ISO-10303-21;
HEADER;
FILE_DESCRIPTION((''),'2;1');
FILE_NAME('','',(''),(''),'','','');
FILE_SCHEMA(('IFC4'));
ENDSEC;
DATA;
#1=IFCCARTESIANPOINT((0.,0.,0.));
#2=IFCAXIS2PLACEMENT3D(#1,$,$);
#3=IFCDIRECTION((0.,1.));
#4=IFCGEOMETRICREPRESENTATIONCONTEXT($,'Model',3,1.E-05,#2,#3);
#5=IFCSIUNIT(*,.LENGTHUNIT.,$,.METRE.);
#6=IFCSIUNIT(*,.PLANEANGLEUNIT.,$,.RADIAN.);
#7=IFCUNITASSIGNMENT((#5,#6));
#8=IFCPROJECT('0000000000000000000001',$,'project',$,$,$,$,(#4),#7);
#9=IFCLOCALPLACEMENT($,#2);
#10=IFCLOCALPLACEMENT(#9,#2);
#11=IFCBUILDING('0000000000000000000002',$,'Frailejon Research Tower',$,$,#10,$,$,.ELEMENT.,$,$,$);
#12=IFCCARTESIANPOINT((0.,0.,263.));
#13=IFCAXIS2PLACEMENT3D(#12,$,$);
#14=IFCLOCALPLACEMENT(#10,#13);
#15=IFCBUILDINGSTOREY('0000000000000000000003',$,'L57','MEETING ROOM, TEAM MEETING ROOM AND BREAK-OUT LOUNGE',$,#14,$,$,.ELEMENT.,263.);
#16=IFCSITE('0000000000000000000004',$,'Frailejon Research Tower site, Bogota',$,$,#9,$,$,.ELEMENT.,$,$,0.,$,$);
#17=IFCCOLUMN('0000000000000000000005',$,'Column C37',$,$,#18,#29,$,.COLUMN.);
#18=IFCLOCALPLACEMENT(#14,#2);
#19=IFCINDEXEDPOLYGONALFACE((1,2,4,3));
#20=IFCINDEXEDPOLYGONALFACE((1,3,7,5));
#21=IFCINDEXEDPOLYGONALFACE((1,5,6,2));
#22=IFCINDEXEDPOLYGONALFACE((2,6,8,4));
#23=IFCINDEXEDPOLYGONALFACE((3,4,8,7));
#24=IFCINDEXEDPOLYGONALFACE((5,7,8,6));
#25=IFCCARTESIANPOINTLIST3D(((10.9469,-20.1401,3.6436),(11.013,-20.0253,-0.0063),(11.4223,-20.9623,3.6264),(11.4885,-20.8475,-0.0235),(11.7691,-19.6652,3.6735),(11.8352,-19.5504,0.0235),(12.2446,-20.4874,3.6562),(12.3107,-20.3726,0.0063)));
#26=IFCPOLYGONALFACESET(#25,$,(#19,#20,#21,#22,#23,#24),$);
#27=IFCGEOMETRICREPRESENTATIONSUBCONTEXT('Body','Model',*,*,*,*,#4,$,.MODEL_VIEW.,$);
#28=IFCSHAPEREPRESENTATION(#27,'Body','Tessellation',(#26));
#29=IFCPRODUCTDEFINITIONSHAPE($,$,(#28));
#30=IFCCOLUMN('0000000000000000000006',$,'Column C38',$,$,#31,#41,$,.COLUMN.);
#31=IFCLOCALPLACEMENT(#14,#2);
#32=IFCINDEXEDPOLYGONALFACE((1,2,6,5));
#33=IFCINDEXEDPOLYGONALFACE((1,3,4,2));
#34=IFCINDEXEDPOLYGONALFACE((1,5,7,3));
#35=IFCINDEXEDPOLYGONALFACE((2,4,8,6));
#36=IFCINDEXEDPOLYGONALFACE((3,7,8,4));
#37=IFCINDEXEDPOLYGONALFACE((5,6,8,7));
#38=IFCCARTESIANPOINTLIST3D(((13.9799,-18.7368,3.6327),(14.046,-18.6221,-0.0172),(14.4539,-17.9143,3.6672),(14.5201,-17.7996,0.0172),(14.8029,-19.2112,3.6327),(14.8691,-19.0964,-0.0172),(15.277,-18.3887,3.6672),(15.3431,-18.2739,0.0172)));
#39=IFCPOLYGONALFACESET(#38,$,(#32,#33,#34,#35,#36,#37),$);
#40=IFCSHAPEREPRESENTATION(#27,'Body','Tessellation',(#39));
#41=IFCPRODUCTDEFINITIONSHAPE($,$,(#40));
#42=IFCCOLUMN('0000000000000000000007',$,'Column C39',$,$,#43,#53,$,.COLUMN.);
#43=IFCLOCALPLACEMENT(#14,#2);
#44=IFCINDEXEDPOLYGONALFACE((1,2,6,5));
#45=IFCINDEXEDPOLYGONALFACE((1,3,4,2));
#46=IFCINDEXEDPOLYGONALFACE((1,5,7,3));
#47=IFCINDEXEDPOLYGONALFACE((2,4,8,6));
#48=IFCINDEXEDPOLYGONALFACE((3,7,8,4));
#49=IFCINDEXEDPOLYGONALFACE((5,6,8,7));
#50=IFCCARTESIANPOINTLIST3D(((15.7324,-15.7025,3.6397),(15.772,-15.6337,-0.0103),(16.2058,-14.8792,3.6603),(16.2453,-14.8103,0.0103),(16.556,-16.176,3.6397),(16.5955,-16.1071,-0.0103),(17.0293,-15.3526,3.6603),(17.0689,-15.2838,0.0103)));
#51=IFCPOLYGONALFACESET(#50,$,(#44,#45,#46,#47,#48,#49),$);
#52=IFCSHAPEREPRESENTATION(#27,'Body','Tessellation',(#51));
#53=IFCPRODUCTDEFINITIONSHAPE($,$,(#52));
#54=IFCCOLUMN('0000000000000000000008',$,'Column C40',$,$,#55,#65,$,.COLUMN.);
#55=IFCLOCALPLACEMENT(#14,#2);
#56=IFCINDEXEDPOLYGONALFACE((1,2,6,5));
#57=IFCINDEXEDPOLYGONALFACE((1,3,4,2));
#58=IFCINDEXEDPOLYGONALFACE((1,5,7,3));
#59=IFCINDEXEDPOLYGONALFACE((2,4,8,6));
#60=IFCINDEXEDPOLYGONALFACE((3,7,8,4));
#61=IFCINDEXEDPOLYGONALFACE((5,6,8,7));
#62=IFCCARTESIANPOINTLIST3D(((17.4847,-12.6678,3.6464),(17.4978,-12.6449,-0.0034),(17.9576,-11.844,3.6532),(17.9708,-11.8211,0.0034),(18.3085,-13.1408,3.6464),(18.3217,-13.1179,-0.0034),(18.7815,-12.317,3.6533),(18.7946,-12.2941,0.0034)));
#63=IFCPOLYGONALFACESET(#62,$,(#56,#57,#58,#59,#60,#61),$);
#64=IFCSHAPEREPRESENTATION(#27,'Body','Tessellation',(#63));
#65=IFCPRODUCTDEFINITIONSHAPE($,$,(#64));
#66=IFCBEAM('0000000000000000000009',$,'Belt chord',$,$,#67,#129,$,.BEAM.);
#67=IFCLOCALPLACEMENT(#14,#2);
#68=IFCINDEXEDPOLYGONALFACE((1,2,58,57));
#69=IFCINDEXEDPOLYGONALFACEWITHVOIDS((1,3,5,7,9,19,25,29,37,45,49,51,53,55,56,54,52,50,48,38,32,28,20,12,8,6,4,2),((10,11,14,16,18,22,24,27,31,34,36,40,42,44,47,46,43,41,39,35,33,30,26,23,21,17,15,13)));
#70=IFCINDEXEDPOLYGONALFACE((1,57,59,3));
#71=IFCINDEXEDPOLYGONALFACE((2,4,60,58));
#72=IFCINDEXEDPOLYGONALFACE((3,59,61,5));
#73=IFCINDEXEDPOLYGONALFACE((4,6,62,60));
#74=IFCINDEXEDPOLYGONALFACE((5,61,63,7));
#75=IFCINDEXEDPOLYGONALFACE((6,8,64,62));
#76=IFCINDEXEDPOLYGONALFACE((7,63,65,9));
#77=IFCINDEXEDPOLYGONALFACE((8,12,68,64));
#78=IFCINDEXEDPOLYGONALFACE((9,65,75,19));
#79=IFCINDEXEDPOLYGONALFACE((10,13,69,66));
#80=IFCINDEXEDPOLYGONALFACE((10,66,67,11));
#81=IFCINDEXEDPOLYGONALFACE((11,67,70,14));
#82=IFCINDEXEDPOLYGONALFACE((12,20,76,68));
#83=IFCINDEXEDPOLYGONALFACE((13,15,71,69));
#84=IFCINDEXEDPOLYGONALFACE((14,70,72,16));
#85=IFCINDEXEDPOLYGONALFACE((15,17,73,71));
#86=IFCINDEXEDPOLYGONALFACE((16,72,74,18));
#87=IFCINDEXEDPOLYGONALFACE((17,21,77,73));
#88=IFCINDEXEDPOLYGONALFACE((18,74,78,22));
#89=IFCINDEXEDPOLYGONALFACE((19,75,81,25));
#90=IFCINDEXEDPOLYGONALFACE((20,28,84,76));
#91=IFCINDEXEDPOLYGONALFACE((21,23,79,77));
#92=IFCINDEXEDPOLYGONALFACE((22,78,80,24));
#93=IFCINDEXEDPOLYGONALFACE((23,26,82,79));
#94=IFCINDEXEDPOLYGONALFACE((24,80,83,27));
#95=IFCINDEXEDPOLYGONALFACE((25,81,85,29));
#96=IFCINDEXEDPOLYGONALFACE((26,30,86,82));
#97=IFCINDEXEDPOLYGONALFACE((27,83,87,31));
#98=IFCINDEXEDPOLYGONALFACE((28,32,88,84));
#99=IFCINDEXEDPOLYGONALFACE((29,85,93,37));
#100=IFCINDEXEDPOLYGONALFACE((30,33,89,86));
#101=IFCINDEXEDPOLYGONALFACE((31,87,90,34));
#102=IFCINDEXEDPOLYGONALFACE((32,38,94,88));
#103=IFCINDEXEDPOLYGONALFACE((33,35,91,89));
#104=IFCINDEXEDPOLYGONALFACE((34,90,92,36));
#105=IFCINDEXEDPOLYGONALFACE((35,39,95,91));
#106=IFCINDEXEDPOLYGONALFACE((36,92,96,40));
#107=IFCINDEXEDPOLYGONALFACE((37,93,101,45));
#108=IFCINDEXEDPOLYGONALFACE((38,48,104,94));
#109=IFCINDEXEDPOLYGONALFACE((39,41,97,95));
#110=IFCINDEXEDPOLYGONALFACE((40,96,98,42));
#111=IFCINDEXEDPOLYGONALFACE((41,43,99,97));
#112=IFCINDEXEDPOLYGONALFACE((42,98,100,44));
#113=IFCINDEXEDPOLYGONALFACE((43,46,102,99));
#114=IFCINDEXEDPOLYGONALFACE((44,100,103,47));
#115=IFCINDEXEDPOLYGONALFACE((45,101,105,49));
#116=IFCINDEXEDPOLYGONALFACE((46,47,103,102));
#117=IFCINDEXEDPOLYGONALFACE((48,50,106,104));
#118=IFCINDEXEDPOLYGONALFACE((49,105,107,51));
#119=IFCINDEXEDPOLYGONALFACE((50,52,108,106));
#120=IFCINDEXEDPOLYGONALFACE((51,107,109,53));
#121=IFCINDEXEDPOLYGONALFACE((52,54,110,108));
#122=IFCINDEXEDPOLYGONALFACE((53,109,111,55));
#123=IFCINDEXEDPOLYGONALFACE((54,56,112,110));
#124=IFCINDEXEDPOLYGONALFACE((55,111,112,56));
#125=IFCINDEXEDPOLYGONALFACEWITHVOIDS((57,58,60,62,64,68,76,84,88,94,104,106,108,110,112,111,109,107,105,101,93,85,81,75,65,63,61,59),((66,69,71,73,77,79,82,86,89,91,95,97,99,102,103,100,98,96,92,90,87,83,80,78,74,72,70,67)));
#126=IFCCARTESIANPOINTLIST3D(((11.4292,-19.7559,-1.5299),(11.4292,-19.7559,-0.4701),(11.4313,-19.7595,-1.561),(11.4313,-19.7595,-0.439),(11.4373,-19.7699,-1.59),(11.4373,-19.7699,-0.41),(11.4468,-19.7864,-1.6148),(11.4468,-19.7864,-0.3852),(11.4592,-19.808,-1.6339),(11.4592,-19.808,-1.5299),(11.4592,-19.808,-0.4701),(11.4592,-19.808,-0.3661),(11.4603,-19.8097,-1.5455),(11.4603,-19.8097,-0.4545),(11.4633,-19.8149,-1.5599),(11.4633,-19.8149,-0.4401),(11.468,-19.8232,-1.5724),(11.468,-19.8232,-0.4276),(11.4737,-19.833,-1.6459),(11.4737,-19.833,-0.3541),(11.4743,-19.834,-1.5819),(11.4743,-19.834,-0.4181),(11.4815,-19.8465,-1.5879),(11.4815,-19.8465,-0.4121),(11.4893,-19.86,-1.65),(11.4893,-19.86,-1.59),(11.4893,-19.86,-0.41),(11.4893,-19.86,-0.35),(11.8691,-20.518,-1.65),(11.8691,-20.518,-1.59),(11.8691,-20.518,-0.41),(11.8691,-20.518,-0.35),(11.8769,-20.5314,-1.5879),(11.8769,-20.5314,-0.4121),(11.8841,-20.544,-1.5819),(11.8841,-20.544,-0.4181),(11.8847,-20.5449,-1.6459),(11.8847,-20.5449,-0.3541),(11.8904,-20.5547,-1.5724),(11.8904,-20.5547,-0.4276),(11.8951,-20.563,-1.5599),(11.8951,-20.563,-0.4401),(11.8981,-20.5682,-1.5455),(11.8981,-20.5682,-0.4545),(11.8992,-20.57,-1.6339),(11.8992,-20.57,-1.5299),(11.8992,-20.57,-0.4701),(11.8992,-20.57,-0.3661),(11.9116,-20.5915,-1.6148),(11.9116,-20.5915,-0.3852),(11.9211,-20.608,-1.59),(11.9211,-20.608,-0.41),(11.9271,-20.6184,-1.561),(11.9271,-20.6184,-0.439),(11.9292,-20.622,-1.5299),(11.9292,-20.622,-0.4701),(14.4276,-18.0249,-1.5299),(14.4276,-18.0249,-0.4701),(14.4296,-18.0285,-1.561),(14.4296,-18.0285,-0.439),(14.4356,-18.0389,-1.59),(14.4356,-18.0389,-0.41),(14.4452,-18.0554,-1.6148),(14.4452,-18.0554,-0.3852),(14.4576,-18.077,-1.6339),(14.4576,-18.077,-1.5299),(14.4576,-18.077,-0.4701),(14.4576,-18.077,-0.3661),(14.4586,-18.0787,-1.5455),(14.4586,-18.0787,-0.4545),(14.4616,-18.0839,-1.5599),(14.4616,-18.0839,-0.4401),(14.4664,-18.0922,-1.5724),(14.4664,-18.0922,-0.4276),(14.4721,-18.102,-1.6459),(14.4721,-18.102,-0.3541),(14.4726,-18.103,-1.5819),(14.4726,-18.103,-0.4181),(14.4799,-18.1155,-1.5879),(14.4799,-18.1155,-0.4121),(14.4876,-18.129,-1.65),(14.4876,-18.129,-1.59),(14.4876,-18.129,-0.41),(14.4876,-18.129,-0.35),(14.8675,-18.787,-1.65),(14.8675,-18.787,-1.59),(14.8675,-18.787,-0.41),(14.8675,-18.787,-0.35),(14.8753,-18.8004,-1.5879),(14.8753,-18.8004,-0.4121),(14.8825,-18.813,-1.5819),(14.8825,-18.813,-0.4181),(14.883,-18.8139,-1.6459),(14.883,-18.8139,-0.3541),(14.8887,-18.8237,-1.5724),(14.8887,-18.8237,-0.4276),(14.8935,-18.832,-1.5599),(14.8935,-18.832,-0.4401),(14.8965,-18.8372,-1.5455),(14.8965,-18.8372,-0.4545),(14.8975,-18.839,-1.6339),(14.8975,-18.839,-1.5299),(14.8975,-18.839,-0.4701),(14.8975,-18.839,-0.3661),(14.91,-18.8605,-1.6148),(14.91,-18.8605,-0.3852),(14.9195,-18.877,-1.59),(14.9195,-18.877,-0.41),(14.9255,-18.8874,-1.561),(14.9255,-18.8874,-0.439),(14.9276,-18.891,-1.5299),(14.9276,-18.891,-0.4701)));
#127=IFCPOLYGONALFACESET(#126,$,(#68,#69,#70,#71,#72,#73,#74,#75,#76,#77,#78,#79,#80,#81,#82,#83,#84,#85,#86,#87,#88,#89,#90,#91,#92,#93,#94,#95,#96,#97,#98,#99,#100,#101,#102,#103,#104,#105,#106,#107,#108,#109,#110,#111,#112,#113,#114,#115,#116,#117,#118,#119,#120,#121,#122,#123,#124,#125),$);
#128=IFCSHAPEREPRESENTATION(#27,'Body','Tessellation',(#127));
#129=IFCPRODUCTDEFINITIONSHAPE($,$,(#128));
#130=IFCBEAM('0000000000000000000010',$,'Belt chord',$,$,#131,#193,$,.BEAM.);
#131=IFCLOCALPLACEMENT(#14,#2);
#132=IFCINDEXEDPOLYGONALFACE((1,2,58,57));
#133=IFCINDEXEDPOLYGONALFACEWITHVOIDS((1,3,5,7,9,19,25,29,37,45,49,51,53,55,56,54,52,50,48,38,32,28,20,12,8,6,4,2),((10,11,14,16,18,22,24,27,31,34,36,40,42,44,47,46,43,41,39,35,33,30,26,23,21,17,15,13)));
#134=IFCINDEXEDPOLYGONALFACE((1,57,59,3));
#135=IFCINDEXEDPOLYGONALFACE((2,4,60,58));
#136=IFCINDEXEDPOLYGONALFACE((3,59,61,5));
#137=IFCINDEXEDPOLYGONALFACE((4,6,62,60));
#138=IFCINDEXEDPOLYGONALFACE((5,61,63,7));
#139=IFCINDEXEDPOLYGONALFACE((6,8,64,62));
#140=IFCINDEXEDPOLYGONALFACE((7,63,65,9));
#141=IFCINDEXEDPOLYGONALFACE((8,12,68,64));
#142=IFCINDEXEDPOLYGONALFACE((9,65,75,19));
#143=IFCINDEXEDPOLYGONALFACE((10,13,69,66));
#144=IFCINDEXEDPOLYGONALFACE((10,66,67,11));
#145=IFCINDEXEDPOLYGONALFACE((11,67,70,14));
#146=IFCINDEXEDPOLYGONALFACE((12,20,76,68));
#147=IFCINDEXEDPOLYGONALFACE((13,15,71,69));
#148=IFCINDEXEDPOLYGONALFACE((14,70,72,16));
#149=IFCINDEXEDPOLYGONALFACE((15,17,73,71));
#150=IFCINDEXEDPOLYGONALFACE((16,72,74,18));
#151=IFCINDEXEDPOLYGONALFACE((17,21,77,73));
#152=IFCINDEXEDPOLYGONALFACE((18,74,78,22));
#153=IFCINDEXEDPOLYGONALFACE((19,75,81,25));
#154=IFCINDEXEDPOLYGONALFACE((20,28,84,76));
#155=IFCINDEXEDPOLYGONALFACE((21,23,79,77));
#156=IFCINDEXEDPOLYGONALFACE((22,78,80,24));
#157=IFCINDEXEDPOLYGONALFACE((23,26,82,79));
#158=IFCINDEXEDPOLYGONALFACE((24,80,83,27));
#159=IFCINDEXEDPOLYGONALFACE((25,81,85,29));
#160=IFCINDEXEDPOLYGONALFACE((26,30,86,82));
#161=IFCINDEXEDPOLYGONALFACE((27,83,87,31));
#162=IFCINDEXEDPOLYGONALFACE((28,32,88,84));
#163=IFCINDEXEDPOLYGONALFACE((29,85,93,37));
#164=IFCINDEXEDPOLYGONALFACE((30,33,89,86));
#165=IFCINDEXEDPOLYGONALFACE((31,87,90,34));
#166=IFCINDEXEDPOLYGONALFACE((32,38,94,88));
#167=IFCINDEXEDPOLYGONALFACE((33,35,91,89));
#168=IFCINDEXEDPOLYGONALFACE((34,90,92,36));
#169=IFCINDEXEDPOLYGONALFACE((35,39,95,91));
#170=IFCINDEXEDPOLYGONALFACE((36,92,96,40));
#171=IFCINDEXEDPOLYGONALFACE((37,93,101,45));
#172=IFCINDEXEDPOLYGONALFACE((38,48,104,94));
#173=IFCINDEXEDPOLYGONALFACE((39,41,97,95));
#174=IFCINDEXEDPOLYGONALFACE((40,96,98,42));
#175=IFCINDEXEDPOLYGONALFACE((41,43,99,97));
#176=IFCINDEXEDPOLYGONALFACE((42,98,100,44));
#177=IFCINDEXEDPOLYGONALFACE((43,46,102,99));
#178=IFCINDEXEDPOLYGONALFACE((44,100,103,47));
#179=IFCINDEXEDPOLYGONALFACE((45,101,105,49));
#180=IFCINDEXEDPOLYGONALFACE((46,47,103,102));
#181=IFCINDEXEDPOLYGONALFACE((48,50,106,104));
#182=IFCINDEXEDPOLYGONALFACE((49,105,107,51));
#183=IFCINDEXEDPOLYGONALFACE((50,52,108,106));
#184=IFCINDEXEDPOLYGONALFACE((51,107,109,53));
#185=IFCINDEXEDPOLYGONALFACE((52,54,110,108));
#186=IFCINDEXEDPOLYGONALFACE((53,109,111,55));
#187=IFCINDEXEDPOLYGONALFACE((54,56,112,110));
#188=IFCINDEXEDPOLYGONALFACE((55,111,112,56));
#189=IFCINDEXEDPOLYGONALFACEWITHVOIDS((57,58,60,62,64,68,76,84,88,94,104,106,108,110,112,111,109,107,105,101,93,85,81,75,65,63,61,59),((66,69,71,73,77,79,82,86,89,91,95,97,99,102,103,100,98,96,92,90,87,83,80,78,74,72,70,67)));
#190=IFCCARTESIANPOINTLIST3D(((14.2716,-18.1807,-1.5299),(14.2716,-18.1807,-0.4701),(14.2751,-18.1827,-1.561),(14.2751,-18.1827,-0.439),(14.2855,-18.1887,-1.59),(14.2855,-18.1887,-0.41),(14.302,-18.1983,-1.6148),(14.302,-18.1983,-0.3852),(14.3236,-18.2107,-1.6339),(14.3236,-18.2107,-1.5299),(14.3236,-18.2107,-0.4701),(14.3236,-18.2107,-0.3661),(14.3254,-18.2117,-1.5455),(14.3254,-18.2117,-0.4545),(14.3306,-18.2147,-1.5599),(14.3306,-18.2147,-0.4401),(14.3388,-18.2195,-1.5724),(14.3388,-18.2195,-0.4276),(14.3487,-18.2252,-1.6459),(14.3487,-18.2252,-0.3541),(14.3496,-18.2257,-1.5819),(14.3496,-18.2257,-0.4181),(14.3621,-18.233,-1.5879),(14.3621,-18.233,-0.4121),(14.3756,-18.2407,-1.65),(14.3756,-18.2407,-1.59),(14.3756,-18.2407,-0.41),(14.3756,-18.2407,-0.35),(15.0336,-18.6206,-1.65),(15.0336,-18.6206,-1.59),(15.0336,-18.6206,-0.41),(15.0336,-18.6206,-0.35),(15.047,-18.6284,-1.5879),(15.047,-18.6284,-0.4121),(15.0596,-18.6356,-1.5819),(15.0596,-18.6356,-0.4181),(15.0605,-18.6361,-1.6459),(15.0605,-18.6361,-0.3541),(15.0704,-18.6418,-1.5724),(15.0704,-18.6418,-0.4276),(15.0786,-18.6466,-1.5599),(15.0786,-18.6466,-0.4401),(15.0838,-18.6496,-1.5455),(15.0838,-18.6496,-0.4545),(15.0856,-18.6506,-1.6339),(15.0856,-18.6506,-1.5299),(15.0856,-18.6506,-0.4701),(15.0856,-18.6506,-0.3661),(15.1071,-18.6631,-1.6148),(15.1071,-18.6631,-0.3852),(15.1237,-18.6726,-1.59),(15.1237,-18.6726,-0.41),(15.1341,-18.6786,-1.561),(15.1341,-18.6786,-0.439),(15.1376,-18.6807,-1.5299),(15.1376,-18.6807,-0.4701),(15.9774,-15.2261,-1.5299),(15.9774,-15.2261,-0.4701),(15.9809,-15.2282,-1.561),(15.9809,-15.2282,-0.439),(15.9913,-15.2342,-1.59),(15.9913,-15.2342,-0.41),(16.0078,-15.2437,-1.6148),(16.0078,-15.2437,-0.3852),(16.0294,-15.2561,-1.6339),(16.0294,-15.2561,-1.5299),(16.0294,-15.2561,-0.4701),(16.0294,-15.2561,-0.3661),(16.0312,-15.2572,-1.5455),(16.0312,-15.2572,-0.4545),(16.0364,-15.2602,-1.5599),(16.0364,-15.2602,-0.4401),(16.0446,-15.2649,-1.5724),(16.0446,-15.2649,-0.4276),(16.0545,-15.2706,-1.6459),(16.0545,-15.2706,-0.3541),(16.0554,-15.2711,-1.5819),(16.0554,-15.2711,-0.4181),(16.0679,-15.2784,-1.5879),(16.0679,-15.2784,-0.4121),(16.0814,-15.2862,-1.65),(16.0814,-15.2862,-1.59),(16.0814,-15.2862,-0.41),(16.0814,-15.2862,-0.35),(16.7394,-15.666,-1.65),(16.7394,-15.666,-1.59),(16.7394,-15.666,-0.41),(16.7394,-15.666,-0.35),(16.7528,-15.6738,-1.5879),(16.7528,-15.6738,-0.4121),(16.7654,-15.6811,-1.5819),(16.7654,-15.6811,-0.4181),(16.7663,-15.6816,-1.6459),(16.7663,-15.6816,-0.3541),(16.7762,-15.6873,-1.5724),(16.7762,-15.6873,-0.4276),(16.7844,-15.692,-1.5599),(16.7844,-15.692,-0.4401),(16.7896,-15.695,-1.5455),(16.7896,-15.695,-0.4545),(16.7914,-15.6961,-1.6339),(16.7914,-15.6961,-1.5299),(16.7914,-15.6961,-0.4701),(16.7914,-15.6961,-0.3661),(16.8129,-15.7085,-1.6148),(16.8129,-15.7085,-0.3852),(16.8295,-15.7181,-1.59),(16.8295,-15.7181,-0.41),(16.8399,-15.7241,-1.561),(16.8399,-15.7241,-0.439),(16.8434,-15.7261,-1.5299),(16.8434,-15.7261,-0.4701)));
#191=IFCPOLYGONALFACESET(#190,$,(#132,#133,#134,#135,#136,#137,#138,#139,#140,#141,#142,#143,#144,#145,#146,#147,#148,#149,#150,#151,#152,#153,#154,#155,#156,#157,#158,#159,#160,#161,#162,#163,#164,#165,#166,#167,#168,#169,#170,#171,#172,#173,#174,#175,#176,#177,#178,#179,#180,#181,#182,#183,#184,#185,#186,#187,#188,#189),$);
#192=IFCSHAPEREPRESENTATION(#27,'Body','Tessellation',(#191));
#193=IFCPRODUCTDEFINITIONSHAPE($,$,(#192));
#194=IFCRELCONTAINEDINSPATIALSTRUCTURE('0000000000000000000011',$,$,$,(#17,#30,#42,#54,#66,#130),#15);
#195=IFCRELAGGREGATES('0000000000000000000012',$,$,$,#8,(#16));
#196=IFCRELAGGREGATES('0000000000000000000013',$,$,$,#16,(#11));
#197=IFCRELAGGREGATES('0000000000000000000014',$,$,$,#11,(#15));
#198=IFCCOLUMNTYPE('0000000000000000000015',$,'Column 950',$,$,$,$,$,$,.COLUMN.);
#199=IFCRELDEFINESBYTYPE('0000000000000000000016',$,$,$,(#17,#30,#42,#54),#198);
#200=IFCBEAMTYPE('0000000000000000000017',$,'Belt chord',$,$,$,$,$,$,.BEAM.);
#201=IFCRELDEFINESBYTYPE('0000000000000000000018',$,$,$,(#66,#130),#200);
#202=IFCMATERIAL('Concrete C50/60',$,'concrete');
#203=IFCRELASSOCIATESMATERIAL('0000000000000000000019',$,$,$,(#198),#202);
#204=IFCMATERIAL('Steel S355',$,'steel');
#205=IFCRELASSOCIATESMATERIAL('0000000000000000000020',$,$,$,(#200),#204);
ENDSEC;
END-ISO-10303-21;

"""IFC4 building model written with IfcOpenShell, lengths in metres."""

from ifc_helpers import new_model, si_unit, direction, frame, origin, origin_2d, place, context, subcontext, project, spatial, rectangle, hollow_rectangle, extrude, material, material_profile, profile_set, type_object, element, save


model = new_model("IFC4")

# Units and contexts
model_context = context("Model", 3, precision=1e-05, world=origin(), true_north=direction((0.0, 1.0)))
body_context = subcontext(model_context, "Body", "Model", "MODEL_VIEW")
ifc_project = project(units=[si_unit("LENGTHUNIT", "METRE"), si_unit("PLANEANGLEUNIT", "RADIAN")], contexts=[model_context])

# Site, building, storey
site_placement = place(None, origin())
site = spatial("IfcSite", under=ifc_project, at=site_placement, Name="Frailejon Research Tower site, Bogota", CompositionType="ELEMENT", RefElevation=0.0)
building_placement = place(site_placement, origin())
building = spatial("IfcBuilding", under=site, at=building_placement, Name="Frailejon Research Tower", CompositionType="ELEMENT")
storey_placement = place(building_placement, frame((0.0, 0.0, 263.0)))
storey = spatial("IfcBuildingStorey", under=building, at=storey_placement, Name="L57", Description="MEETING ROOM, TEAM MEETING ROOM AND BREAK-OUT LOUNGE", CompositionType="ELEMENT", Elevation=263.0)

# Columns
ifc_material_1 = material(Name="Concrete C50/60", Category="concrete")
ifc_material_profile_1 = material_profile(ifc_material_1, rectangle(XDim=0.95, YDim=0.95, at=origin_2d()), Name="Column 950")
ifc_profile_set_1 = profile_set([ifc_material_profile_1], Name="Concrete C50/60")
column_type = type_object("IfcColumnType", Name="Column 950", PredefinedType="COLUMN", material=ifc_profile_set_1)
for number, where, z_axis, x_axis, name in (
    (1, (11.6619, -20.199, 0.0), (-0.018115, -0.031417, 0.999342), (0.86552, 0.499889, 0.031405), "Column C37"),
    (2, (14.6946, -18.448, 0.0), (-0.018115, -0.031417, 0.999342), (0.49904, 0.865819, 0.036266), "Column C38"),
):
    element("IfcColumn", number, at=place(storey_placement, frame(where, z_axis=z_axis, x_axis=x_axis)), inside=storey, type_object=column_type, Name=name, PredefinedType="COLUMN", context=body_context, shape_type="SweptSolid", body=[
        extrude(rectangle(XDim=0.95, YDim=0.95, at=origin_2d()), origin(), (0.0, 0.0, 1.0), 3.6523),
    ])
column_1_placement = place(storey_placement, frame((16.4204, -15.4587, 0.0), z_axis=(-0.010834, -0.018858, 0.999763), x_axis=(0.498285, 0.86674, 0.021749)))
element("IfcColumn", 3, at=column_1_placement, inside=storey, type_object=column_type, Name="Column C39", PredefinedType="COLUMN", context=body_context, shape_type="SweptSolid", body=[
    extrude(rectangle(XDim=0.95, YDim=0.95, at=origin_2d()), origin(), (0.0, 0.0, 1.0), 3.6509),
])
column_2_placement = place(storey_placement, frame((18.1462, -12.4695, 0.0), z_axis=(-0.003612, -0.006287, 0.999974), x_axis=(0.49789, 0.86721, 0.007251)))
element("IfcColumn", 4, at=column_2_placement, inside=storey, type_object=column_type, Name="Column C40", PredefinedType="COLUMN", context=body_context, shape_type="SweptSolid", body=[
    extrude(rectangle(XDim=0.95, YDim=0.95, at=origin_2d()), origin(), (0.0, 0.0, 1.0), 3.6499),
])

# Beams
ifc_material_2 = material(Name="Steel S355", Category="steel")
ifc_material_profile_2 = material_profile(ifc_material_2, hollow_rectangle(XDim=1.0, YDim=1.3, WallThickness=0.0601, InnerFilletRadius=0.0601, OuterFilletRadius=0.1201, at=origin_2d()), Name="Belt chord")
ifc_profile_set_2 = profile_set([ifc_material_profile_2], Name="Steel S355")
beam_type_1 = type_object("IfcBeamType", Name="Belt chord", PredefinedType="BEAM", material=ifc_profile_set_2)
beam_1_placement = place(storey_placement, frame((11.6792, -20.189, -1.0), z_axis=(0.866039, 0.499977, 0.0), x_axis=(-0.499977, 0.866039, 0.0)))
element("IfcBeam", 5, at=beam_1_placement, inside=storey, type_object=beam_type_1, Name="Belt chord", PredefinedType="BEAM", context=body_context, shape_type="SweptSolid", body=[
    extrude(hollow_rectangle(XDim=1.0, YDim=1.3, WallThickness=0.0601, InnerFilletRadius=0.0601, OuterFilletRadius=0.1201, at=origin_2d()), origin(), (0.0, 0.0, 1.0), 3.4622),
])
for number, where, z_axis, x_axis, name in (
    (6, (14.7046, -18.4307, -1.0), (0.499995, 0.866028, 0.0), (-0.866028, 0.499995, 0.0), "Belt chord"),
):
    element("IfcBeam", number, at=place(storey_placement, frame(where, z_axis=z_axis, x_axis=x_axis)), inside=storey, type_object=beam_type_1, Name=name, PredefinedType="BEAM", context=body_context, shape_type="SweptSolid", body=[
        extrude(hollow_rectangle(XDim=1.0, YDim=1.3, WallThickness=0.0601, InnerFilletRadius=0.0601, OuterFilletRadius=0.1201, at=origin_2d()), origin(), (0.0, 0.0, 1.0), 3.4116),
    ])

save(model, "model.ifc")
